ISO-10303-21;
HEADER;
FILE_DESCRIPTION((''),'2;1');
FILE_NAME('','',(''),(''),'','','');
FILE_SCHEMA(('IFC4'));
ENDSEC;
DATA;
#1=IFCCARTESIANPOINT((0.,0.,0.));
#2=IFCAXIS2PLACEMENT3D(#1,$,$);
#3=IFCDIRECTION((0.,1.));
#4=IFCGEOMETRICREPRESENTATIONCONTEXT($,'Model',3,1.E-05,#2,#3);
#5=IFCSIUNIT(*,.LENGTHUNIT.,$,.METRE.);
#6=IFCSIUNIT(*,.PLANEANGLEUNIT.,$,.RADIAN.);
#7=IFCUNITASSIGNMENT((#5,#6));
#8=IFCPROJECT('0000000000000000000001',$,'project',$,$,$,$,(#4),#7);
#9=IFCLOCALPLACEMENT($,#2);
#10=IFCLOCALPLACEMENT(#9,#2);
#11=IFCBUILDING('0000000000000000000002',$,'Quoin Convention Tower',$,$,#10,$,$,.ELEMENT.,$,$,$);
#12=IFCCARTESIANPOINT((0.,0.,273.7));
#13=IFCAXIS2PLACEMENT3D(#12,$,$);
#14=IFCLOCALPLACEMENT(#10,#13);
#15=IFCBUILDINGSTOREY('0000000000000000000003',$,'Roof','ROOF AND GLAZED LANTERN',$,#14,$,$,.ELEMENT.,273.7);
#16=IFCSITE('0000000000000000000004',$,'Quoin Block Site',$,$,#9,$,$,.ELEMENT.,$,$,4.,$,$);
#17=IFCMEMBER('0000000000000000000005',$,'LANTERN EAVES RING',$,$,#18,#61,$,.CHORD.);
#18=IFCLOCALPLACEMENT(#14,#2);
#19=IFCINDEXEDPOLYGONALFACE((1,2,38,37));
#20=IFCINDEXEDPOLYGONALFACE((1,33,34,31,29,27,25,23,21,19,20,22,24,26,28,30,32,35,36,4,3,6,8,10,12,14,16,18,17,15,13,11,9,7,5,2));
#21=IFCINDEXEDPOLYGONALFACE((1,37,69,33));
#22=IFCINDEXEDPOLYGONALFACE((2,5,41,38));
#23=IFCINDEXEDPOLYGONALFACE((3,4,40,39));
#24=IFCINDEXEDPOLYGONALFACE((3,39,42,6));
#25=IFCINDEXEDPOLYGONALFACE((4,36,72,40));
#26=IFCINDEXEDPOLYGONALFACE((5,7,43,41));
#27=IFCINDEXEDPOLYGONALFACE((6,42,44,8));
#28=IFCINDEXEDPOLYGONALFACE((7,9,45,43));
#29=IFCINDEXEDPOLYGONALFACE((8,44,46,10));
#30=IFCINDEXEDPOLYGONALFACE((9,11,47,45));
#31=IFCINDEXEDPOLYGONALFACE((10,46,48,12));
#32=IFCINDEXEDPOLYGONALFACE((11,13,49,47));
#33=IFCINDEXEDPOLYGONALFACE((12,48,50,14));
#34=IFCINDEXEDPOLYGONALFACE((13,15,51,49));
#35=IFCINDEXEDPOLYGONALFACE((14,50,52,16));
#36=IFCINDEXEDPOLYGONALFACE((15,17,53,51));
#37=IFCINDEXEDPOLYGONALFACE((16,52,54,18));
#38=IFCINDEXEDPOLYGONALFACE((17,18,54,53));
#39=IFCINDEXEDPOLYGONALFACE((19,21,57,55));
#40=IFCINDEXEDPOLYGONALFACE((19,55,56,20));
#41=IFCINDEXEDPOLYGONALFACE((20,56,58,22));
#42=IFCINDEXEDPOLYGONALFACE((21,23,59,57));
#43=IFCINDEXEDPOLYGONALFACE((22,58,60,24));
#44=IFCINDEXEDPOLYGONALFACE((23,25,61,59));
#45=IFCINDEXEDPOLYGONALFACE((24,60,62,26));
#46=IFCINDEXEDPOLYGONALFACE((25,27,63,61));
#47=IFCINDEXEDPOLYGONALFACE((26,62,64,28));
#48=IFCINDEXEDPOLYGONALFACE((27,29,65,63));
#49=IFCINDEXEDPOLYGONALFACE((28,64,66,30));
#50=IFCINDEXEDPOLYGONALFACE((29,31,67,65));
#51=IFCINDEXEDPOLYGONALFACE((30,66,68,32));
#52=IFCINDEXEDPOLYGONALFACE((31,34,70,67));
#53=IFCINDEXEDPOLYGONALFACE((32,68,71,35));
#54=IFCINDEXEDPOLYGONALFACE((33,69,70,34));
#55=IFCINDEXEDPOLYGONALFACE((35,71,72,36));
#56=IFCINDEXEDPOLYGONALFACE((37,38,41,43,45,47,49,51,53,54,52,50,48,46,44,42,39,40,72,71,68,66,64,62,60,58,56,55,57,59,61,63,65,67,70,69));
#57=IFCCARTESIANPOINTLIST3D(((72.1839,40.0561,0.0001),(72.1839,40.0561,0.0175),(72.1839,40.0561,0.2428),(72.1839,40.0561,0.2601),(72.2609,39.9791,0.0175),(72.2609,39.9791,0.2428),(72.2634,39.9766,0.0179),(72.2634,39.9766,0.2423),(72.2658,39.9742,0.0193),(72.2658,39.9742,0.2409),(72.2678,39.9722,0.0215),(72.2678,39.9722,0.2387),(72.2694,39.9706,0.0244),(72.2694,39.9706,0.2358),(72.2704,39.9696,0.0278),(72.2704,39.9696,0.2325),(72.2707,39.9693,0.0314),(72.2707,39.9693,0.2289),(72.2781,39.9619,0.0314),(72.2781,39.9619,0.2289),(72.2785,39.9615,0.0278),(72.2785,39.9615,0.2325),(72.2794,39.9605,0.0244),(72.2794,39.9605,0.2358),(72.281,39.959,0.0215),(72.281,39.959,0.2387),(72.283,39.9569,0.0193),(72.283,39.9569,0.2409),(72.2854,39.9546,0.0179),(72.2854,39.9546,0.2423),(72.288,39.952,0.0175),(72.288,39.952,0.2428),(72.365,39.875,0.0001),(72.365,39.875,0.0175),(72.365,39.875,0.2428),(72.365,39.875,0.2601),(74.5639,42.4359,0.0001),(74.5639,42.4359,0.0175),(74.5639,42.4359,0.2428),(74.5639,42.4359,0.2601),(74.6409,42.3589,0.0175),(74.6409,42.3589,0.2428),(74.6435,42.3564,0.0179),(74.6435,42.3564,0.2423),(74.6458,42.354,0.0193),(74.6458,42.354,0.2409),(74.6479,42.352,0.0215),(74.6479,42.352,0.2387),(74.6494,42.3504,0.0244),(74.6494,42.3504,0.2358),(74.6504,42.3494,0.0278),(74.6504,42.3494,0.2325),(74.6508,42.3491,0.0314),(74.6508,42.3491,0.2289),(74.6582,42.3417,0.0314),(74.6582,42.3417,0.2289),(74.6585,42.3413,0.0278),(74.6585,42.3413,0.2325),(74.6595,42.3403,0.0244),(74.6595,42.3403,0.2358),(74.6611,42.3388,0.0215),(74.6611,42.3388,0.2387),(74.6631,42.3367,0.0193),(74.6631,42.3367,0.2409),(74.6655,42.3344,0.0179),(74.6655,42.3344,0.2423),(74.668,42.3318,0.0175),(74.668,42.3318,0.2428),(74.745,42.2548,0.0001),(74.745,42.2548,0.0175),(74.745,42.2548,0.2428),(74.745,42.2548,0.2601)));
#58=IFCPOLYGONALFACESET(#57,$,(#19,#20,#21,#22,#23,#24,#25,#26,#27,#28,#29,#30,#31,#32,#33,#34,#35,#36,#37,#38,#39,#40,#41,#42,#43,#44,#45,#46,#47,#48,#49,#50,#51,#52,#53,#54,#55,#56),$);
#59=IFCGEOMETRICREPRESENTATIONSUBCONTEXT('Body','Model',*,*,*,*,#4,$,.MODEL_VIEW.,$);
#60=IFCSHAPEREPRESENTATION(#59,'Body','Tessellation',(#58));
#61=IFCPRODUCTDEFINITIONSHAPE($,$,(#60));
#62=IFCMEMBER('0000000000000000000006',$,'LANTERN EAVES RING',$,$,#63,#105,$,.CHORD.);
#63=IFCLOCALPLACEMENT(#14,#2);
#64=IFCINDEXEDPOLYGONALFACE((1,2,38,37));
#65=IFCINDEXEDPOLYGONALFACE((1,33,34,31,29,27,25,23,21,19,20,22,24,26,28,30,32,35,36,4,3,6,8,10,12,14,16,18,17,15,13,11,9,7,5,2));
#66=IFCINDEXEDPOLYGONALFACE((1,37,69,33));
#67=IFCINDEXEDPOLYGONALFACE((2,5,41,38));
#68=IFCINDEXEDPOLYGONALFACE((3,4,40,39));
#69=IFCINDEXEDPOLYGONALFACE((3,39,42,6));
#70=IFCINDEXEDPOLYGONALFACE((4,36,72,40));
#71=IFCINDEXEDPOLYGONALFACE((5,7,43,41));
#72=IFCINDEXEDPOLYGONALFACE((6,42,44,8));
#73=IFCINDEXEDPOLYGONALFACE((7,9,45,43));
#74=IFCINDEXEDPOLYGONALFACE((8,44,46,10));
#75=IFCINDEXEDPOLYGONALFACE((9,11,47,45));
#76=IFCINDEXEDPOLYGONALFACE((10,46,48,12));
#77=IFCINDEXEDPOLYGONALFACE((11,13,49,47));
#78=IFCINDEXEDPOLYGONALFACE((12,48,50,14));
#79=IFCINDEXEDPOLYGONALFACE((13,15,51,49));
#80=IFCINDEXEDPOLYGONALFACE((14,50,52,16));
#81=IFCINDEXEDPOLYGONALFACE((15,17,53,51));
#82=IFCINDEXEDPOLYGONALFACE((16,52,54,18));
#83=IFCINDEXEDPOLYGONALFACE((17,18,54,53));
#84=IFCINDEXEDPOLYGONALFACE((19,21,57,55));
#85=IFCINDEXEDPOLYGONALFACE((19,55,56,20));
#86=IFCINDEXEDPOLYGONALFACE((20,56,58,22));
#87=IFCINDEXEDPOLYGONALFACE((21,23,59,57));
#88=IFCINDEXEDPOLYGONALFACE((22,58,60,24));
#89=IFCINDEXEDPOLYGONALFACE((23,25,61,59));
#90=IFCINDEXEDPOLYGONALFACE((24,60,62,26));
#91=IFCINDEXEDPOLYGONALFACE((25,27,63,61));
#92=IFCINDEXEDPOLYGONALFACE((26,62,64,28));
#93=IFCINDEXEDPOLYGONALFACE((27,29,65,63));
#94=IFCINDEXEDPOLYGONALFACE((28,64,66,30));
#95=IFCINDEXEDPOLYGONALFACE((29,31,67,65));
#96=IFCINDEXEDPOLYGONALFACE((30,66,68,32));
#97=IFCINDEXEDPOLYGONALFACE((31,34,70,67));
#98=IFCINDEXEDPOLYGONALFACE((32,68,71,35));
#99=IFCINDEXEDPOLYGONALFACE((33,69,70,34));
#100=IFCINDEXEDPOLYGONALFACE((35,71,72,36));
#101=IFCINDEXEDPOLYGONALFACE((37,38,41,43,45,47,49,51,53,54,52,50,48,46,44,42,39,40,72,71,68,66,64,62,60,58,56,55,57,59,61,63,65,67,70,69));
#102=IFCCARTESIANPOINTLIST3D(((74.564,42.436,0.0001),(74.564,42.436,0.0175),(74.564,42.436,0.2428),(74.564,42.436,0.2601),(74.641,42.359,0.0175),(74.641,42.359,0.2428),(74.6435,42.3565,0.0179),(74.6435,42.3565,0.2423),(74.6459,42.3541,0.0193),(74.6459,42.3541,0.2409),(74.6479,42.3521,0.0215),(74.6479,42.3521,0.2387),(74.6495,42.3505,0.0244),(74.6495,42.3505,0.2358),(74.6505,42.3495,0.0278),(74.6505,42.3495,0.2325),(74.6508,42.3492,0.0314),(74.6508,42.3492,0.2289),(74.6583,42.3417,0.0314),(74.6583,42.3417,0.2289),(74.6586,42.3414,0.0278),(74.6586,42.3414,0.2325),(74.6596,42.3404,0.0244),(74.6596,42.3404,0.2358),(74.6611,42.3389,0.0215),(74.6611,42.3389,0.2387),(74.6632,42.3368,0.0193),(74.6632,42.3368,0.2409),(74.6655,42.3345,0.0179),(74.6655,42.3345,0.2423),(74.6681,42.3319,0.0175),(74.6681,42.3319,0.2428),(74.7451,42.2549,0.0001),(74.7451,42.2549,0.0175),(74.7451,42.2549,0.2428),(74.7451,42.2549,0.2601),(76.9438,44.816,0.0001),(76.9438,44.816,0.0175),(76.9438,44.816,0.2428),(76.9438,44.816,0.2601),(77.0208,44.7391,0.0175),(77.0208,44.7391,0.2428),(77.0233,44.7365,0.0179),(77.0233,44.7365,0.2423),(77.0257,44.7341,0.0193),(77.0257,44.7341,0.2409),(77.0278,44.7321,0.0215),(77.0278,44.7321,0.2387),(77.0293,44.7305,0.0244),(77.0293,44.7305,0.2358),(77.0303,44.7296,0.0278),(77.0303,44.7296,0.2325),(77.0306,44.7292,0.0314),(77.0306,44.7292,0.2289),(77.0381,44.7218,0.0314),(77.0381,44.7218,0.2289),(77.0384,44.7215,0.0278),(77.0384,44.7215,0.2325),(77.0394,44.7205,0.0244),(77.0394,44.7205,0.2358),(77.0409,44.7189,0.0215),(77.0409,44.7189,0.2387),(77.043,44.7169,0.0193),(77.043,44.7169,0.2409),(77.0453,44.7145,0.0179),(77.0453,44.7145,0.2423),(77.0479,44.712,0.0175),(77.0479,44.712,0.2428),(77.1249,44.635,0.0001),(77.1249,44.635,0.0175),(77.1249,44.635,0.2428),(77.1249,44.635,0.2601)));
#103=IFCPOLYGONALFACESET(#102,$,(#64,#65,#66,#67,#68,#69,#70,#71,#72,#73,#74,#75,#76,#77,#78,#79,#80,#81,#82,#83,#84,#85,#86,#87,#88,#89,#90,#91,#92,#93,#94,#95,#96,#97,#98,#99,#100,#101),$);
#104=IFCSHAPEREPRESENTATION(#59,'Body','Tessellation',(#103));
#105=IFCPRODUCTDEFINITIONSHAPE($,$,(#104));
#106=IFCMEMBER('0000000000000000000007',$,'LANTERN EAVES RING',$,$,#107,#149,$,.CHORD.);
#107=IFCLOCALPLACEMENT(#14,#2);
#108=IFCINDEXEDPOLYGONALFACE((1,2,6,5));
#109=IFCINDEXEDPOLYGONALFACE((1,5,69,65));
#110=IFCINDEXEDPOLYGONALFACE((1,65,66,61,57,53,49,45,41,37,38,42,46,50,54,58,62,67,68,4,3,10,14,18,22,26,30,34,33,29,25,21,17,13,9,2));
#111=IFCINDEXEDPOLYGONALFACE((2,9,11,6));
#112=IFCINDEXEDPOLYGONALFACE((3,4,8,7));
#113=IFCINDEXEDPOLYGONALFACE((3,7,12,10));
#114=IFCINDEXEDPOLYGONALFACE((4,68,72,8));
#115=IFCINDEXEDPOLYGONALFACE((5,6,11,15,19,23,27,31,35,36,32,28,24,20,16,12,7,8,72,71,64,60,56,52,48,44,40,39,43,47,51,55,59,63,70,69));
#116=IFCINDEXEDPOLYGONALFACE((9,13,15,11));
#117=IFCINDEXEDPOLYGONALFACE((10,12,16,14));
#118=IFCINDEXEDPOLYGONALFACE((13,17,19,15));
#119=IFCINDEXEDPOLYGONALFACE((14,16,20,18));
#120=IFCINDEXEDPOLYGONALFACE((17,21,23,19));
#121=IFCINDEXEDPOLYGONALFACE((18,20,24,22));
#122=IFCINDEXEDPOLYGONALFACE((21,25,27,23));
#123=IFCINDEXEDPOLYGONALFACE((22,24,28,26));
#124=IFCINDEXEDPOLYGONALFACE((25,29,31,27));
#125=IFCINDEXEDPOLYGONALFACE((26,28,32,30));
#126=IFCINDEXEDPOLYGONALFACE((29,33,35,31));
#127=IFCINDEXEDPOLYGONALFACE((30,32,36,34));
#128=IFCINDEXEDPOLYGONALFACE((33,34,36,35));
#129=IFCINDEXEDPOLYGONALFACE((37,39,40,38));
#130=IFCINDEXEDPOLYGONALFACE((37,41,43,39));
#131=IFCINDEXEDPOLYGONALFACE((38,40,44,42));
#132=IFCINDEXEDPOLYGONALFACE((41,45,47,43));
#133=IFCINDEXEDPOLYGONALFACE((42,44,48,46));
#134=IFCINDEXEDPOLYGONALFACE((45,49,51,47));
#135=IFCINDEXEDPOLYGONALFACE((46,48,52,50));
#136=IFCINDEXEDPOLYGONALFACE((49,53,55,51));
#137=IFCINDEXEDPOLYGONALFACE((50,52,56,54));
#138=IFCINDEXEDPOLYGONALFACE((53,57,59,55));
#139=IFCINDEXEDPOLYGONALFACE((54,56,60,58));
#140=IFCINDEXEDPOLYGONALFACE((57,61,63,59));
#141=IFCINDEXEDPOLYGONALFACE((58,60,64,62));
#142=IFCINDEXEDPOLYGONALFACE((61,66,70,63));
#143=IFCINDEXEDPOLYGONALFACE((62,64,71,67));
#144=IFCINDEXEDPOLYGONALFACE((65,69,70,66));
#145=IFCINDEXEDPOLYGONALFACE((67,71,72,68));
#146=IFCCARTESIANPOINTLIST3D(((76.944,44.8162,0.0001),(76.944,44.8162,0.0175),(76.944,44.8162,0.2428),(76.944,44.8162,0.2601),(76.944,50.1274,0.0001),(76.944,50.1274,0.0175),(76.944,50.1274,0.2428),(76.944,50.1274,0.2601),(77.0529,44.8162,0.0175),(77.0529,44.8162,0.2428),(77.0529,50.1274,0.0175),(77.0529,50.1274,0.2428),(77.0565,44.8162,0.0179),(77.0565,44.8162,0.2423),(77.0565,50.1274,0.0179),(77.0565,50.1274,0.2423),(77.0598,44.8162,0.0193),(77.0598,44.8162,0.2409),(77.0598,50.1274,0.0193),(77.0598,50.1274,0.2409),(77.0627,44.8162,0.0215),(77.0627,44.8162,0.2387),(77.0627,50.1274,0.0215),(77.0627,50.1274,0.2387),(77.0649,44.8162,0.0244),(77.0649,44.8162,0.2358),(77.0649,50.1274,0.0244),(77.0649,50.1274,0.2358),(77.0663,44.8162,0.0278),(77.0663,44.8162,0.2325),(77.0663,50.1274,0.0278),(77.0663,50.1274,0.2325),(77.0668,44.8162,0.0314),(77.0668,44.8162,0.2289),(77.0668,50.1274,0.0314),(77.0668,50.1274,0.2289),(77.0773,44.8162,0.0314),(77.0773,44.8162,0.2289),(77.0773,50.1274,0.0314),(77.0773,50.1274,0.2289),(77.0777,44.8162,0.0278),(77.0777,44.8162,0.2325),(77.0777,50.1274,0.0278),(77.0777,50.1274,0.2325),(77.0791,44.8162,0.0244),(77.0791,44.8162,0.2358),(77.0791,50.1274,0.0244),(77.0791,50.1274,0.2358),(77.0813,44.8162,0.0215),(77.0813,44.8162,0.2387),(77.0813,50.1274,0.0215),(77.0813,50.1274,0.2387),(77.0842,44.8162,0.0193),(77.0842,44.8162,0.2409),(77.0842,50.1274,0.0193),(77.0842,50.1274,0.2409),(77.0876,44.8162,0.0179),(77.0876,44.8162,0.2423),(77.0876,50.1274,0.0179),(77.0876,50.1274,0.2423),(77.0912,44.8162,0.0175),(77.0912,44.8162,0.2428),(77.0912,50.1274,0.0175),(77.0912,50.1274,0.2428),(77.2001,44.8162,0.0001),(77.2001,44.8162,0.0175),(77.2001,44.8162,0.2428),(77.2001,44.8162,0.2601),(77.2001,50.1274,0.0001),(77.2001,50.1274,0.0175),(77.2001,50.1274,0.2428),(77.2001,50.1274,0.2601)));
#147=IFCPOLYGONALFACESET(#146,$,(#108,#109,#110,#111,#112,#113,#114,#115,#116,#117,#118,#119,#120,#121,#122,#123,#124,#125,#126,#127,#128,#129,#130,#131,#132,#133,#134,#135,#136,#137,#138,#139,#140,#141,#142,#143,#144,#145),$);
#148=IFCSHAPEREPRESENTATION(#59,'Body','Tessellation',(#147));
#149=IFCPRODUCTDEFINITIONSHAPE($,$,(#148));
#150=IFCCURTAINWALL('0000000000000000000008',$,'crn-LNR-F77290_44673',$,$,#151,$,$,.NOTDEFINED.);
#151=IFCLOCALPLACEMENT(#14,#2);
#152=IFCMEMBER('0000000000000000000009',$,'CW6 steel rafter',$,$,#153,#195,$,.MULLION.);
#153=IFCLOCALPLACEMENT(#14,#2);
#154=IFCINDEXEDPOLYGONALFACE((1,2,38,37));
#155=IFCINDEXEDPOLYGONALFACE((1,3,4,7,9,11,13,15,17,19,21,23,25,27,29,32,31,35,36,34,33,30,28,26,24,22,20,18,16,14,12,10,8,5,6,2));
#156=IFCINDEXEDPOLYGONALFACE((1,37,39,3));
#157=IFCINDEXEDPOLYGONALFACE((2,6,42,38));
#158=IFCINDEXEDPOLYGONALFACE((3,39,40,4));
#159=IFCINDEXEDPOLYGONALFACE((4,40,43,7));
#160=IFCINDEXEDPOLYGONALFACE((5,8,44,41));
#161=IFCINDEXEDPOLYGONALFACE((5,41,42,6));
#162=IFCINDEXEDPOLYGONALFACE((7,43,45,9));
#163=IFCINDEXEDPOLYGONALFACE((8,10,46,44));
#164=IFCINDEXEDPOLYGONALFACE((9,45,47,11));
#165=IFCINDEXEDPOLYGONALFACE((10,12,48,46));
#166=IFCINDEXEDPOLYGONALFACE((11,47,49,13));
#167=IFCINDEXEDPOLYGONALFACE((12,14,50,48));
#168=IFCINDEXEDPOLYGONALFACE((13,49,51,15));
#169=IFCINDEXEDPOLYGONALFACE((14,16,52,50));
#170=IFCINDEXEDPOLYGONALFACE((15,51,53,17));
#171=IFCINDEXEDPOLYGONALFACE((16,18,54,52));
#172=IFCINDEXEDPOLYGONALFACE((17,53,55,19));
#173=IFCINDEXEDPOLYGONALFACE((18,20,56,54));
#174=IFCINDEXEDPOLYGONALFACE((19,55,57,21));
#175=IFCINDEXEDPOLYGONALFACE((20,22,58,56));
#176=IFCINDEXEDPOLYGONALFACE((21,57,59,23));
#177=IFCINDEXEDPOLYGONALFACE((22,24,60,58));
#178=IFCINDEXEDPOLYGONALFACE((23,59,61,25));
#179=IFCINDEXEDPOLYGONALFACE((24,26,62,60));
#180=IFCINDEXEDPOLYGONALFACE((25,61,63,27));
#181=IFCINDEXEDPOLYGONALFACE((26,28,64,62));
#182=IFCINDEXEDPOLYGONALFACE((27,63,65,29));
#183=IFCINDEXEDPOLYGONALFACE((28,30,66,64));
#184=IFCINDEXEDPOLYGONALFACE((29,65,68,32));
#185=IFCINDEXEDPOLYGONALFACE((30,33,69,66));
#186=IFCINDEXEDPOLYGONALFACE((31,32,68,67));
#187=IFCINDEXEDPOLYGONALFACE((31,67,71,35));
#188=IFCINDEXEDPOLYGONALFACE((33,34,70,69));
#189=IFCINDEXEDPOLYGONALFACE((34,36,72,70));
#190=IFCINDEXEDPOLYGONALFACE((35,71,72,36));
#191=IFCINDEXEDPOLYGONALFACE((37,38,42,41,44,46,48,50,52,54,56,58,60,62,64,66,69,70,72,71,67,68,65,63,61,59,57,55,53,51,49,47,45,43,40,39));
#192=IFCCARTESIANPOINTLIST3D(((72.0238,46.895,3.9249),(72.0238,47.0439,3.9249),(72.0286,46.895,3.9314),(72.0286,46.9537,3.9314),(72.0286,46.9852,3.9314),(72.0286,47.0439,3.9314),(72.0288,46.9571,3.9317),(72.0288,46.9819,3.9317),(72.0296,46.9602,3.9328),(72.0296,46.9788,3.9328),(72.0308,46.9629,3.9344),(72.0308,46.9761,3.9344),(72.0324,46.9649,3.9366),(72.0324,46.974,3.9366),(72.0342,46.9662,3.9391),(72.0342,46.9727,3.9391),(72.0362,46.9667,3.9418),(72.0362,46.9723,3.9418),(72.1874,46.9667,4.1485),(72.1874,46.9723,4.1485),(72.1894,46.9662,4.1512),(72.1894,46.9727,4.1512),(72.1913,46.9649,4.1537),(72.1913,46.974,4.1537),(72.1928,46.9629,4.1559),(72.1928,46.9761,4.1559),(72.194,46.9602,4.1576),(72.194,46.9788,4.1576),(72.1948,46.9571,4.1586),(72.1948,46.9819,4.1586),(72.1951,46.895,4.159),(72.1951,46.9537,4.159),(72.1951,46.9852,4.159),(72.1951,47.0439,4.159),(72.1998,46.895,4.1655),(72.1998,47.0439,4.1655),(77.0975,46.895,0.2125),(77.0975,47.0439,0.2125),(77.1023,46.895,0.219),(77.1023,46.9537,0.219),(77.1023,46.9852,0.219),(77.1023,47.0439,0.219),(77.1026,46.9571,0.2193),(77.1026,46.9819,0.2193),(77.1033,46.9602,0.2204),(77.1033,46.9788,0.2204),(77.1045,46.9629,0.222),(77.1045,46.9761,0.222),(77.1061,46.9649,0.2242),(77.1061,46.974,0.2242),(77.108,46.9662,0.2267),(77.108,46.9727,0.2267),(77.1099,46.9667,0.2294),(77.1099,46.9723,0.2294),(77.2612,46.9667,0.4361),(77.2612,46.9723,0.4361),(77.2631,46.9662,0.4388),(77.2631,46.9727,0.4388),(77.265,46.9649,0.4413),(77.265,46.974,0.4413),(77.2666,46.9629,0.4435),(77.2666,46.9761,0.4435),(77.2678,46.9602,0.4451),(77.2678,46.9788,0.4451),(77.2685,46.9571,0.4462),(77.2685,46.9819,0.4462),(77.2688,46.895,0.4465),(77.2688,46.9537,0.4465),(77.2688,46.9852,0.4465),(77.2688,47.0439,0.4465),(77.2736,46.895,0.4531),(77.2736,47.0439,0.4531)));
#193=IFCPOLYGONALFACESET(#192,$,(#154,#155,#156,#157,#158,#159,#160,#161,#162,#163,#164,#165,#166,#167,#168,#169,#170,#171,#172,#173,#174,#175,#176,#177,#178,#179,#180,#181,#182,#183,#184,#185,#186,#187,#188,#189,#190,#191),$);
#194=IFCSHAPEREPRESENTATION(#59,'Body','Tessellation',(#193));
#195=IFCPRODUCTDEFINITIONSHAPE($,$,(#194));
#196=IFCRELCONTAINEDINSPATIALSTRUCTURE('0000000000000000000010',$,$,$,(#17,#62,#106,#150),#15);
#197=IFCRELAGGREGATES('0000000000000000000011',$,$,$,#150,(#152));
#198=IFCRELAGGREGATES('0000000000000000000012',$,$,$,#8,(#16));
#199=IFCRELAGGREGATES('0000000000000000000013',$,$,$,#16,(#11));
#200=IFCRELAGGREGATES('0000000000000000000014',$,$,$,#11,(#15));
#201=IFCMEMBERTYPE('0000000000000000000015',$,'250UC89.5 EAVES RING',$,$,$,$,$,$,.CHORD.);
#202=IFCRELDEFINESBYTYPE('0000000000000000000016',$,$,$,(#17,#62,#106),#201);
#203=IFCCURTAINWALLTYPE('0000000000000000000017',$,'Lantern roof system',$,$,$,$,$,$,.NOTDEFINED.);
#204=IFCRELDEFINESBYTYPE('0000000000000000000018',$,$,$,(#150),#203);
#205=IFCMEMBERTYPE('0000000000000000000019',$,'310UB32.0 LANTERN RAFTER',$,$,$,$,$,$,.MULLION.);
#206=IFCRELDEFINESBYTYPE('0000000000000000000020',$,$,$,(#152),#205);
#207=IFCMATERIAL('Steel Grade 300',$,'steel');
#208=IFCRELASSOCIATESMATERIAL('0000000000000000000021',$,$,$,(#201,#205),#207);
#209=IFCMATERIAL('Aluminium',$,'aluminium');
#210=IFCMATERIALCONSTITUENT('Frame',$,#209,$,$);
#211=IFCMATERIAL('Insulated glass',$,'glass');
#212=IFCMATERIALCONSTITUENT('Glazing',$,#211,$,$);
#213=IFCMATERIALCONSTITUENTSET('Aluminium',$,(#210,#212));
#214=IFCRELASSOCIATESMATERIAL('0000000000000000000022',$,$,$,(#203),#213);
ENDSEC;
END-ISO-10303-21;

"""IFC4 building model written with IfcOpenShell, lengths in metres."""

from ifc_helpers import new_model, si_unit, direction, frame, origin, origin_2d, place, context, subcontext, project, spatial, i_section, extrude, material, constituent, constituent_set, material_profile, profile_set, type_object, element, aggregate, save


model = new_model("IFC4")

# Units and contexts
model_context = context("Model", 3, precision=1e-05, world=origin(), true_north=direction((0.0, 1.0)))
body_context = subcontext(model_context, "Body", "Model", "MODEL_VIEW")
ifc_project = project(units=[si_unit("LENGTHUNIT", "METRE"), si_unit("PLANEANGLEUNIT", "RADIAN")], contexts=[model_context])

# Site, building, storey
site_placement = place(None, origin())
site = spatial("IfcSite", under=ifc_project, at=site_placement, Name="Quoin Block Site", CompositionType="ELEMENT", RefElevation=4.0)
building_placement = place(site_placement, origin())
building = spatial("IfcBuilding", under=site, at=building_placement, Name="Quoin Convention Tower", CompositionType="ELEMENT")
storey_placement = place(building_placement, frame((0.0, 0.0, 273.7)))
storey = spatial("IfcBuildingStorey", under=building, at=storey_placement, Name="Roof", Description="ROOF AND GLAZED LANTERN", CompositionType="ELEMENT", Elevation=273.7)

# Members
ifc_material_1 = material(Name="Steel Grade 300", Category="steel")
ifc_material_profile_1 = material_profile(ifc_material_1, i_section(OverallWidth=0.2561, OverallDepth=0.26, WebThickness=0.0105, FlangeThickness=0.0173, FilletRadius=0.0139, at=origin_2d()), Name="250UC89.5")
ifc_profile_set_1 = profile_set([ifc_material_profile_1], Name="Steel Grade 300")
member_type_1 = type_object("IfcMemberType", Name="250UC89.5 EAVES RING", PredefinedType="CHORD", material=ifc_profile_set_1)
for number, where, z_axis, x_axis, name in (
    (1, (72.2744, 39.9656, 0.1301), (0.707143, 0.707071, 0.0), (-0.707071, 0.707143, 0.0), "LANTERN EAVES RING"),
    (2, (74.6545, 42.3455, 0.1301), (0.707071, 0.707143, 0.0), (-0.707143, 0.707071, 0.0), "LANTERN EAVES RING"),
):
    element("IfcMember", number, at=place(storey_placement, frame(where, z_axis=z_axis, x_axis=x_axis)), inside=storey, type_object=member_type_1, Name=name, PredefinedType="CHORD", context=body_context, shape_type="SweptSolid", body=[
        extrude(i_section(OverallWidth=0.2561, OverallDepth=0.26, WebThickness=0.0105, FlangeThickness=0.0173, FilletRadius=0.0139, at=origin_2d()), origin(), (0.0, 0.0, 1.0), 3.3657),
    ])
member_1_placement = place(storey_placement, frame((77.072, 44.8162, 0.1301), z_axis=(0.0, 1.0, 0.0), x_axis=(-1.0, 0.0, 0.0)))
element("IfcMember", 3, at=member_1_placement, inside=storey, type_object=member_type_1, Name="LANTERN EAVES RING", PredefinedType="CHORD", context=body_context, shape_type="SweptSolid", body=[
    extrude(i_section(OverallWidth=0.2561, OverallDepth=0.26, WebThickness=0.0105, FlangeThickness=0.0173, FilletRadius=0.0139, at=origin_2d()), origin(), (0.0, 0.0, 1.0), 5.3113),
])

# Curtain wall, member
ifc_material_2 = material(Name="Aluminium", Category="aluminium")
ifc_constituent_1 = constituent(ifc_material_2, Name="Frame")
ifc_material_3 = material(Name="Insulated glass", Category="glass")
ifc_constituent_2 = constituent(ifc_material_3, Name="Glazing")
ifc_constituent_set = constituent_set(constituents=[ifc_constituent_1, ifc_constituent_2], Name="Aluminium")
curtain_wall_type = type_object("IfcCurtainWallType", Name="Lantern roof system", PredefinedType="NOTDEFINED", material=ifc_constituent_set)
curtain_wall_1_placement = place(storey_placement, origin())
curtain_wall_1 = element("IfcCurtainWall", 4, at=curtain_wall_1_placement, inside=storey, type_object=curtain_wall_type, Name="crn-LNR-F77290_44673", PredefinedType="NOTDEFINED")
ifc_material_profile_2 = material_profile(ifc_material_1, i_section(OverallWidth=0.1489, OverallDepth=0.2981, WebThickness=0.0056, FlangeThickness=0.0081, FilletRadius=0.0129, at=origin_2d()), Name="310UB32.0")
ifc_profile_set_2 = profile_set([ifc_material_profile_2], Name="Steel Grade 300")
member_type_2 = type_object("IfcMemberType", Name="310UB32.0 LANTERN RAFTER", PredefinedType="MULLION", material=ifc_profile_set_2)
member_2_placement = place(storey_placement, frame((77.1855, 46.9695, 0.3328), z_axis=(-0.807037, 0.0, 0.590501), x_axis=(0.0, -1.0, 0.0)))
member_2 = element("IfcMember", 5, at=member_2_placement, type_object=member_type_2, Name="CW6 steel rafter", PredefinedType="MULLION", context=body_context, shape_type="SweptSolid", body=[
    extrude(i_section(OverallWidth=0.1489, OverallDepth=0.2981, WebThickness=0.0056, FlangeThickness=0.0081, FilletRadius=0.0129, at=origin_2d()), origin(), (0.0, 0.0, 1.0), 6.2869),
])

aggregate(curtain_wall_1, [member_2])

save(model, "model.ifc")
